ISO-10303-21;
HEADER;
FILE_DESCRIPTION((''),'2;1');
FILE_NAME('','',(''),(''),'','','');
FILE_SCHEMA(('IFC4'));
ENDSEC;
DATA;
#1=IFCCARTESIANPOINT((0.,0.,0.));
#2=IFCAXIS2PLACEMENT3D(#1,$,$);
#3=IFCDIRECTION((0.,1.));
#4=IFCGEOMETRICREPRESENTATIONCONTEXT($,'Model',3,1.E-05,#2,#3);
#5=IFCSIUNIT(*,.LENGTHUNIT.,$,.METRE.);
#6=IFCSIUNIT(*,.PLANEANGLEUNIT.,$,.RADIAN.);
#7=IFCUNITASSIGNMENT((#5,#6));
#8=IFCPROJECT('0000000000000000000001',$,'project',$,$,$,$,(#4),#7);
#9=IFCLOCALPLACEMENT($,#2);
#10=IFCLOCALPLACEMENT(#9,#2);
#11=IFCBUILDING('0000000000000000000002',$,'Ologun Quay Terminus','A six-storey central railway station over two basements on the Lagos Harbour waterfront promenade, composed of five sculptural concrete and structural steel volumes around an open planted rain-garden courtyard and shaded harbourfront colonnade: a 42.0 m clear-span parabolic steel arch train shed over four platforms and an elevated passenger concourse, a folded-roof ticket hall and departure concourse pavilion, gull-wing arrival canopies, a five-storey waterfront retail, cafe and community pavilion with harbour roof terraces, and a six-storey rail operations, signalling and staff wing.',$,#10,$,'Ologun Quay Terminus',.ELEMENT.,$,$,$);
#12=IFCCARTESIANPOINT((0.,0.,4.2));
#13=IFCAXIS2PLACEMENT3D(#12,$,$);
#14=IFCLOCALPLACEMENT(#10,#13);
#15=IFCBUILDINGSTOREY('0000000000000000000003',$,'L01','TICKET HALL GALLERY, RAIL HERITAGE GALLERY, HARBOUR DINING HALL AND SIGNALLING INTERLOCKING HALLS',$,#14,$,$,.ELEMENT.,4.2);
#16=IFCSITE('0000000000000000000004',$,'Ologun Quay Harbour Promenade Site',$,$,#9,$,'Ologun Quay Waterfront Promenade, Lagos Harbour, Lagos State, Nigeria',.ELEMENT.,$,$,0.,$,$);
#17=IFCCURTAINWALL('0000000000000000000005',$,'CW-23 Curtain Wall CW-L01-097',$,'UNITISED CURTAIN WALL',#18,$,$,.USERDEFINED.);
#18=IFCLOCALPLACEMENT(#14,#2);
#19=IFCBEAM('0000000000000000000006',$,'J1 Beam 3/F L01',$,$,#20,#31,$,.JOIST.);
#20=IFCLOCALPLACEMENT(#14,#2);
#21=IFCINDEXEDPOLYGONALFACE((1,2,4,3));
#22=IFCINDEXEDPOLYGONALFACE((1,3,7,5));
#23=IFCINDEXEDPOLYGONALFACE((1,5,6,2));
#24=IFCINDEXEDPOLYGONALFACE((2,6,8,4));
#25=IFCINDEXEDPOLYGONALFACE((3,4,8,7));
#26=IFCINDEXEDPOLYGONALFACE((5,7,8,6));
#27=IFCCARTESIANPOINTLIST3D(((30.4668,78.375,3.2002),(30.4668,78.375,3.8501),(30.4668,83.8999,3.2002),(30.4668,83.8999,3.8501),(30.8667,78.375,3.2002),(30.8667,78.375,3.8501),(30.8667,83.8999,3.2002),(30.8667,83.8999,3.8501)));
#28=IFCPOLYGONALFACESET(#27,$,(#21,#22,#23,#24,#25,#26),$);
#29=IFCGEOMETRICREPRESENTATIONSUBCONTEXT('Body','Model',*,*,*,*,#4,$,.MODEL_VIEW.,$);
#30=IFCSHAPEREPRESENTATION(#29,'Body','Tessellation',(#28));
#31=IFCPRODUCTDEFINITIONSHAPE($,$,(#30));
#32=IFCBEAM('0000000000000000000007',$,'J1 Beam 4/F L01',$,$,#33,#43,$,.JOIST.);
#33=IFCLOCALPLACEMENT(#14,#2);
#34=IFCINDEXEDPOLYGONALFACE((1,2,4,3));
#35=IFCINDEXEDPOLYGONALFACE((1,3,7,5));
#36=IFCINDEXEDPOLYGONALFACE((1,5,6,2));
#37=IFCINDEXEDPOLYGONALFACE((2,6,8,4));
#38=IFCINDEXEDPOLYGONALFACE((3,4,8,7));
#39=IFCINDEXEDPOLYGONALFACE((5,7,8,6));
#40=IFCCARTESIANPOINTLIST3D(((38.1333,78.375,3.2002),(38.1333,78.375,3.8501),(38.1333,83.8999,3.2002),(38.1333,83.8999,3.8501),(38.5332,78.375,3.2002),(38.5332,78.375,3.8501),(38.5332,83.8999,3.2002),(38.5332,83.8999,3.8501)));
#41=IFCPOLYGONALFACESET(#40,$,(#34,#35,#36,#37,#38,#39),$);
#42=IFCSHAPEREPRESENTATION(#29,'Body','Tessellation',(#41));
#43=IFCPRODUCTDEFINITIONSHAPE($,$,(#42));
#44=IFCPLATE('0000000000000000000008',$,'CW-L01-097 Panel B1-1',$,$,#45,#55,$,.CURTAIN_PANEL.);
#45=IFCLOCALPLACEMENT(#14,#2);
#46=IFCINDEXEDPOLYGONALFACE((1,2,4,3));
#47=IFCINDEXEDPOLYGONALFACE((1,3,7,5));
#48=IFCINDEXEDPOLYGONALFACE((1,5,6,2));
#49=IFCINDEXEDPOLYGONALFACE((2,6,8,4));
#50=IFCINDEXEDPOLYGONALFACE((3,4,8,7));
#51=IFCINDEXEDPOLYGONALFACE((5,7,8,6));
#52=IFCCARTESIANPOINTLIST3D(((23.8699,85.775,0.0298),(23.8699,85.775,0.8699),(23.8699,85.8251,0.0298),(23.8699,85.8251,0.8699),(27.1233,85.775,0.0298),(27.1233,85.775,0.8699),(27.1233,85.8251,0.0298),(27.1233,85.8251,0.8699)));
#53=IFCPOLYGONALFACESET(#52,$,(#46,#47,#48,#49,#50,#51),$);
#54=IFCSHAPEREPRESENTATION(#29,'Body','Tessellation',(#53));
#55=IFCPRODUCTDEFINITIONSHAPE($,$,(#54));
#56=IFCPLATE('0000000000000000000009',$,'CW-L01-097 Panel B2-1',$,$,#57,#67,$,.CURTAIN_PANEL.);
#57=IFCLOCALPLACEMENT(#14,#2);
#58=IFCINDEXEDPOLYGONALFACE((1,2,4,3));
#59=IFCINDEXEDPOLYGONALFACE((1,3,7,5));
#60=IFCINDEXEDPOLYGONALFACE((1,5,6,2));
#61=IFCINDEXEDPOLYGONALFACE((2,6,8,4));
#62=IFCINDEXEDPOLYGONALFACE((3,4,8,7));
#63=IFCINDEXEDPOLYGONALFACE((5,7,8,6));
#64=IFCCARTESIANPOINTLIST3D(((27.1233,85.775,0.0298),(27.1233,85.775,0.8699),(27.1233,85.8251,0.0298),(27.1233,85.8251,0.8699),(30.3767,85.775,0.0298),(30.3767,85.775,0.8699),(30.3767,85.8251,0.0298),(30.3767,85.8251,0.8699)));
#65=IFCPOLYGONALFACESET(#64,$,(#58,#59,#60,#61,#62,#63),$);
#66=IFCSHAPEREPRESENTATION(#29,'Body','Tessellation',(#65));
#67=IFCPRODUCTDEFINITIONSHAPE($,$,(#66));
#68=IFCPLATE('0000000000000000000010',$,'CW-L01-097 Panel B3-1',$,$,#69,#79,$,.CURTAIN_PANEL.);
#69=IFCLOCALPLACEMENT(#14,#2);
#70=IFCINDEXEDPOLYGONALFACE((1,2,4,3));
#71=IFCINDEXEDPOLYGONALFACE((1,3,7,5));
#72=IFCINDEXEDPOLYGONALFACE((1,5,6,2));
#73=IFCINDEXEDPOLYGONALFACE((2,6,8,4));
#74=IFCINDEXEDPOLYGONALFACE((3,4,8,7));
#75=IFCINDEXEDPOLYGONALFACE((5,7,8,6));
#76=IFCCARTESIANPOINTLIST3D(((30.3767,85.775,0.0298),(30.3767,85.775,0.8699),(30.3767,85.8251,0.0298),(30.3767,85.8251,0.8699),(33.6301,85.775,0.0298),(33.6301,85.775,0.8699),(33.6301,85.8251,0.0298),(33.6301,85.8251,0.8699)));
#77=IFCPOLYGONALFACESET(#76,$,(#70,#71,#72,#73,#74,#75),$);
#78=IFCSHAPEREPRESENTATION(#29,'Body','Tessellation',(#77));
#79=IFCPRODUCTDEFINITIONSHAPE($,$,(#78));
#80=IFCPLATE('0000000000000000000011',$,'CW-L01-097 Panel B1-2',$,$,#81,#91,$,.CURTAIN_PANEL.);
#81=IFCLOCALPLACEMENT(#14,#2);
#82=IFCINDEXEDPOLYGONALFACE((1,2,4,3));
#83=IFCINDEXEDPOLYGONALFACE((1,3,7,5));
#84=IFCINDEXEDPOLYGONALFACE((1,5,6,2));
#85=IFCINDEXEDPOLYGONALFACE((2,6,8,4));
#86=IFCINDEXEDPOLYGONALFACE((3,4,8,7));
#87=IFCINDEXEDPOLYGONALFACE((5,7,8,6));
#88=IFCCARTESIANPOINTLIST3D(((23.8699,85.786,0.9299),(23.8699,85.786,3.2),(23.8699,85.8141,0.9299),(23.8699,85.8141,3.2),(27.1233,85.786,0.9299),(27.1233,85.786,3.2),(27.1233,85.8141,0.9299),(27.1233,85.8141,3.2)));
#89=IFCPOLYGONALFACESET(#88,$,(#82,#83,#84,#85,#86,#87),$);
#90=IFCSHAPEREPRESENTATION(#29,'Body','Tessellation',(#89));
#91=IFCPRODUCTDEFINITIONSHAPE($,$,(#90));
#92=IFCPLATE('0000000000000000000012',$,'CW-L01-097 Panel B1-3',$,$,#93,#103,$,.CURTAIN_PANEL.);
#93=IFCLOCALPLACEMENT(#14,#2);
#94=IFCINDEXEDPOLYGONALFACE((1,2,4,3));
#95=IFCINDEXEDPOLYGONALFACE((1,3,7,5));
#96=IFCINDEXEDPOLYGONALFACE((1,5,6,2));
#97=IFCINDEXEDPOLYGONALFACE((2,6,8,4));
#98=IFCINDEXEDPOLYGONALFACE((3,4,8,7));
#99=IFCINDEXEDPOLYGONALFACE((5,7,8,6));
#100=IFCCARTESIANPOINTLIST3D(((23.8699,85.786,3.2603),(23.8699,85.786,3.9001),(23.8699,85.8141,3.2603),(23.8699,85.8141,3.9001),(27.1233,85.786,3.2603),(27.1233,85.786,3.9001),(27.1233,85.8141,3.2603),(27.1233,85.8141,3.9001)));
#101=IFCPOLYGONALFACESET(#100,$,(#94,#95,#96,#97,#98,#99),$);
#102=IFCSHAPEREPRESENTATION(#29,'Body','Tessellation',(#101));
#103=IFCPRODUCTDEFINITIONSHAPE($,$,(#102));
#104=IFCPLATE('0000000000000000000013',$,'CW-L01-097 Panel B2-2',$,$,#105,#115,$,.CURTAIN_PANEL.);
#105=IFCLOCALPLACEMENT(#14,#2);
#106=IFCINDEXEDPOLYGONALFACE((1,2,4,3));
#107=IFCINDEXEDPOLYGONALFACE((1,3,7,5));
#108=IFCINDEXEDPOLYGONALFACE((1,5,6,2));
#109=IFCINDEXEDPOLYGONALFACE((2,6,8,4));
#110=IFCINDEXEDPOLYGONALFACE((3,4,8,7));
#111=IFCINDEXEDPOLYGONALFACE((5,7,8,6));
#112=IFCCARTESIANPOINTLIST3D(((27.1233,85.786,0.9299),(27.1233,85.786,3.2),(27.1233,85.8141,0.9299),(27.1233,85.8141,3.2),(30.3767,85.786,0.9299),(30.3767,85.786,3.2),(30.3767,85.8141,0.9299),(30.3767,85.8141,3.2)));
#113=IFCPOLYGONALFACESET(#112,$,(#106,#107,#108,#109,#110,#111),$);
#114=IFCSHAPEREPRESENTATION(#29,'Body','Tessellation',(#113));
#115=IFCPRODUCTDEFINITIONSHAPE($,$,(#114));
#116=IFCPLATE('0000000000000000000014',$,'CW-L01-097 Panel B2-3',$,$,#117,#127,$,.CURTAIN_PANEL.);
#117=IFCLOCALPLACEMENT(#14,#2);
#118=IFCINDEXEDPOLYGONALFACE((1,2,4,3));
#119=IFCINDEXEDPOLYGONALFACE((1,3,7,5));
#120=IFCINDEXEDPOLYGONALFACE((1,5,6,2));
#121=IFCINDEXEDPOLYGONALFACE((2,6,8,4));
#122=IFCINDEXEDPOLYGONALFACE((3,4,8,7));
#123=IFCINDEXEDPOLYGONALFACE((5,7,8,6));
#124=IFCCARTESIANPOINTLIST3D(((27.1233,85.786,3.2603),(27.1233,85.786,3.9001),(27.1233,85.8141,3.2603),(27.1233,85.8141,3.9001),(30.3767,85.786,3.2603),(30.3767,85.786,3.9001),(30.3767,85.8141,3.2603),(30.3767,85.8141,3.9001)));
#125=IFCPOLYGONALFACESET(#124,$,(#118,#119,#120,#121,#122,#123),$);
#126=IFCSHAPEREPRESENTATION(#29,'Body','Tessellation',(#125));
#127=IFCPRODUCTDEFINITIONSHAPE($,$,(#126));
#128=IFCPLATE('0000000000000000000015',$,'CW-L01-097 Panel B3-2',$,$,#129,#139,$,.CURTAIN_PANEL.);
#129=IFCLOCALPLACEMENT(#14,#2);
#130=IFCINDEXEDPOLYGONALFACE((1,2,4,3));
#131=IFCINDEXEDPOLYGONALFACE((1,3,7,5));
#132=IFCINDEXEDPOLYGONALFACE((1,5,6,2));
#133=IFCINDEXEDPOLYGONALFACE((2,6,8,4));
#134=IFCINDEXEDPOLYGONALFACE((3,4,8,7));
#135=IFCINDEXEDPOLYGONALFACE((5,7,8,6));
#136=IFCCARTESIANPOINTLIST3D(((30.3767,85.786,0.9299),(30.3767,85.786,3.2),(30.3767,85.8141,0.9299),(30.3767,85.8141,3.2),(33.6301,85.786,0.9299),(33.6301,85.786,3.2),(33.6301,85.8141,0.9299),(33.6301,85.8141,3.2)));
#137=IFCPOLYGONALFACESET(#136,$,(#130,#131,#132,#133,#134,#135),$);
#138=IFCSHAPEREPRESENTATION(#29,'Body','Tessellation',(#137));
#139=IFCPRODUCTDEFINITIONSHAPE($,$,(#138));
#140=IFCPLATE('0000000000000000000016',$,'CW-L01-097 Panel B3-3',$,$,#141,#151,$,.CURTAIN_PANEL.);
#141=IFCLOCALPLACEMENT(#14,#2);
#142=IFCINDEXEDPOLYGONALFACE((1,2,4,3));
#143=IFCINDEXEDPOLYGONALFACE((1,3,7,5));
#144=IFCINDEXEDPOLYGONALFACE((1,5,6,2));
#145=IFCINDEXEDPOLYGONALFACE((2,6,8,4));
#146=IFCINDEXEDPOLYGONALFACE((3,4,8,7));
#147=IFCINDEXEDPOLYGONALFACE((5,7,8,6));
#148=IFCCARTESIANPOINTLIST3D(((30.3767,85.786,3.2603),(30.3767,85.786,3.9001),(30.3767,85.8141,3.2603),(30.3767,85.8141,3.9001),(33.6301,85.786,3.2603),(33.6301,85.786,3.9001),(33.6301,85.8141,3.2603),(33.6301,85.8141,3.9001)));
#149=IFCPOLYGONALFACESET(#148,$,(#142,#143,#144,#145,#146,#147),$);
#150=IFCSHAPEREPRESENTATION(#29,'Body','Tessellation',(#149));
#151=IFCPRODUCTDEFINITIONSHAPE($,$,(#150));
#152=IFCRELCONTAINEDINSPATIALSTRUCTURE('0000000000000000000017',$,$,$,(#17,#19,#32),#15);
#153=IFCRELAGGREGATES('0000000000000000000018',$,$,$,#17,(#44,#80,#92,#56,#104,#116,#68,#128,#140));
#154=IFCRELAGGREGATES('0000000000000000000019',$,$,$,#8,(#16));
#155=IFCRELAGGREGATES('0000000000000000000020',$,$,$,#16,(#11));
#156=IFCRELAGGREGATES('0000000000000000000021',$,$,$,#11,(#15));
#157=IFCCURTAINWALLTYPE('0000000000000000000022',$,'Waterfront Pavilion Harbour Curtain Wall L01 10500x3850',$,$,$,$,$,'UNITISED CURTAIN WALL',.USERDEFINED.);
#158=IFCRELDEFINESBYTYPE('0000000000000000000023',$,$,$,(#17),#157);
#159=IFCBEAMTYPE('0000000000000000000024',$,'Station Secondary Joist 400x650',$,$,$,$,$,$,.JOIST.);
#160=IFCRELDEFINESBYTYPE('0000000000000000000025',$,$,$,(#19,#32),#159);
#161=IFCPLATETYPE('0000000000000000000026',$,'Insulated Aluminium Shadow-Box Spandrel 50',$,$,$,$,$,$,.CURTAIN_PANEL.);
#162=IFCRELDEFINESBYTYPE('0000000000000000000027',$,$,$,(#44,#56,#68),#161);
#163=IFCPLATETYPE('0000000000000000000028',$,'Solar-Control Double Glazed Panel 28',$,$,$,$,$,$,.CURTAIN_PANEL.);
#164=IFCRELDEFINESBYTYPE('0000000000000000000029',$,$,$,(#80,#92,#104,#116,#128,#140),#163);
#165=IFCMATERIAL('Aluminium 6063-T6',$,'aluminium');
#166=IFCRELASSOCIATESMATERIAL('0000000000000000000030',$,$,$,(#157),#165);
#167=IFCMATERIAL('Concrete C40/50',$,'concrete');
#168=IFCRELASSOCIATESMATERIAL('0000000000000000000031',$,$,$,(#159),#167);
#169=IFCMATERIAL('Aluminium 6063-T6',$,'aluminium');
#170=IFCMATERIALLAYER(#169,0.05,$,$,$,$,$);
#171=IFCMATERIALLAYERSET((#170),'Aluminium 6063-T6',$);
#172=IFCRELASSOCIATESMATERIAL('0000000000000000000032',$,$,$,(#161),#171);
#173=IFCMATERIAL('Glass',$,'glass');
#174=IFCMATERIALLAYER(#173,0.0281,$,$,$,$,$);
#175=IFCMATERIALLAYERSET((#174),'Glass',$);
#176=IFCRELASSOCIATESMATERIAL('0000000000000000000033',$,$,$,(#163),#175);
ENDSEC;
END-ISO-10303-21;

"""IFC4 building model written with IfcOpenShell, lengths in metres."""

from ifc_helpers import new_model, si_unit, direction, frame, origin, origin_2d, place, context, subcontext, project, spatial, rectangle, extrude, material, layer, layer_set, material_profile, profile_set, type_object, element, aggregate, save


model = new_model("IFC4")

# Units and contexts
model_context = context("Model", 3, precision=1e-05, world=origin(), true_north=direction((0.0, 1.0)))
body_context = subcontext(model_context, "Body", "Model", "MODEL_VIEW")
ifc_project = project(units=[si_unit("LENGTHUNIT", "METRE"), si_unit("PLANEANGLEUNIT", "RADIAN")], contexts=[model_context])

# Site, building, storey
site_placement = place(None, origin())
site = spatial("IfcSite", under=ifc_project, at=site_placement, Name="Ologun Quay Harbour Promenade Site", LongName="Ologun Quay Waterfront Promenade, Lagos Harbour, Lagos State, Nigeria", CompositionType="ELEMENT", RefElevation=0.0)
building_placement = place(site_placement, origin())
building = spatial("IfcBuilding", under=site, at=building_placement, Name="Ologun Quay Terminus", Description="A six-storey central railway station over two basements on the Lagos Harbour waterfront promenade, composed of five sculptural concrete and structural steel volumes around an open planted rain-garden courtyard and shaded harbourfront colonnade: a 42.0 m clear-span parabolic steel arch train shed over four platforms and an elevated passenger concourse, a folded-roof ticket hall and departure concourse pavilion, gull-wing arrival canopies, a five-storey waterfront retail, cafe and community pavilion with harbour roof terraces, and a six-storey rail operations, signalling and staff wing.", LongName="Ologun Quay Terminus", CompositionType="ELEMENT")
storey_placement = place(building_placement, frame((0.0, 0.0, 4.2)))
storey = spatial("IfcBuildingStorey", under=building, at=storey_placement, Name="L01", Description="TICKET HALL GALLERY, RAIL HERITAGE GALLERY, HARBOUR DINING HALL AND SIGNALLING INTERLOCKING HALLS", CompositionType="ELEMENT", Elevation=4.2)

# Curtain wall
ifc_material_1 = material(Name="Aluminium 6063-T6", Category="aluminium")
curtain_wall_type = type_object("IfcCurtainWallType", Name="Waterfront Pavilion Harbour Curtain Wall L01 10500x3850", ElementType="UNITISED CURTAIN WALL", PredefinedType="USERDEFINED", material=ifc_material_1)
curtain_wall_placement = place(storey_placement, origin())
curtain_wall = element("IfcCurtainWall", 1, at=curtain_wall_placement, inside=storey, type_object=curtain_wall_type, Name="CW-23 Curtain Wall CW-L01-097", ObjectType="UNITISED CURTAIN WALL", PredefinedType="USERDEFINED")

# Beams
ifc_material_2 = material(Name="Concrete C40/50", Category="concrete")
ifc_material_profile_1 = material_profile(ifc_material_2, rectangle(XDim=0.3999, YDim=0.6499, at=origin_2d()), Name="RC 400x650")
ifc_profile_set_1 = profile_set([ifc_material_profile_1], Name="Concrete C40/50")
beam_type_1 = type_object("IfcBeamType", Name="Station Secondary Joist 400x650", PredefinedType="JOIST", material=ifc_profile_set_1)
for number, where, z_axis, x_axis, name in (
    (2, (30.6667, 78.375, 3.5251), (0.0, 1.0, 0.0), (-1.0, 0.0, 0.0), "J1 Beam 3/F L01"),
    (3, (38.3333, 78.375, 3.5251), (0.0, 1.0, 0.0), (-1.0, 0.0, 0.0), "J1 Beam 4/F L01"),
):
    element("IfcBeam", number, at=place(storey_placement, frame(where, z_axis=z_axis, x_axis=x_axis)), inside=storey, type_object=beam_type_1, Name=name, PredefinedType="JOIST", context=body_context, shape_type="SweptSolid", body=[
        extrude(rectangle(XDim=0.3999, YDim=0.6499, at=origin_2d()), origin(), (0.0, 0.0, 1.0), 5.5249),
    ])

# Plates
ifc_material_3 = material(Name="Aluminium 6063-T6", Category="aluminium")
ifc_layer_1 = layer(ifc_material_3, 0.05)
ifc_layer_set_1 = layer_set([ifc_layer_1], Name="Aluminium 6063-T6")
plate_type_1 = type_object("IfcPlateType", Name="Insulated Aluminium Shadow-Box Spandrel 50", PredefinedType="CURTAIN_PANEL", material=ifc_layer_set_1)
plate_1_placement = place(storey_placement, frame((25.4966, 85.8, 0.0298), z_axis=(0.0, 0.0, 1.0), x_axis=(1.0, 0.0, 0.0)))
plate_1 = element("IfcPlate", 4, at=plate_1_placement, type_object=plate_type_1, Name="CW-L01-097 Panel B1-1", PredefinedType="CURTAIN_PANEL", context=body_context, shape_type="SweptSolid", body=[
    extrude(rectangle(XDim=3.2534, YDim=0.05, at=origin_2d()), origin(), (0.0, 0.0, 1.0), 0.8401),
])
plate_2_placement = place(storey_placement, frame((28.75, 85.8, 0.0298), z_axis=(0.0, 0.0, 1.0), x_axis=(1.0, 0.0, 0.0)))
plate_2 = element("IfcPlate", 5, at=plate_2_placement, type_object=plate_type_1, Name="CW-L01-097 Panel B2-1", PredefinedType="CURTAIN_PANEL", context=body_context, shape_type="SweptSolid", body=[
    extrude(rectangle(XDim=3.2534, YDim=0.05, at=origin_2d()), origin(), (0.0, 0.0, 1.0), 0.8401),
])
plate_3_placement = place(storey_placement, frame((32.0034, 85.8, 0.0298), z_axis=(0.0, 0.0, 1.0), x_axis=(1.0, 0.0, 0.0)))
plate_3 = element("IfcPlate", 6, at=plate_3_placement, type_object=plate_type_1, Name="CW-L01-097 Panel B3-1", PredefinedType="CURTAIN_PANEL", context=body_context, shape_type="SweptSolid", body=[
    extrude(rectangle(XDim=3.2534, YDim=0.05, at=origin_2d()), origin(), (0.0, 0.0, 1.0), 0.8401),
])
ifc_material_4 = material(Name="Glass", Category="glass")
ifc_layer_2 = layer(ifc_material_4, 0.0281)
ifc_layer_set_2 = layer_set([ifc_layer_2], Name="Glass")
plate_type_2 = type_object("IfcPlateType", Name="Solar-Control Double Glazed Panel 28", PredefinedType="CURTAIN_PANEL", material=ifc_layer_set_2)
plate_4_placement = place(storey_placement, frame((25.4966, 85.8, 0.9299), z_axis=(0.0, 0.0, 1.0), x_axis=(1.0, 0.0, 0.0)))
plate_4 = element("IfcPlate", 7, at=plate_4_placement, type_object=plate_type_2, Name="CW-L01-097 Panel B1-2", PredefinedType="CURTAIN_PANEL", context=body_context, shape_type="SweptSolid", body=[
    extrude(rectangle(XDim=3.2534, YDim=0.0281, at=origin_2d()), origin(), (0.0, 0.0, 1.0), 2.27),
])
plate_5_placement = place(storey_placement, frame((25.4966, 85.8, 3.2603), z_axis=(0.0, 0.0, 1.0), x_axis=(1.0, 0.0, 0.0)))
plate_5 = element("IfcPlate", 8, at=plate_5_placement, type_object=plate_type_2, Name="CW-L01-097 Panel B1-3", PredefinedType="CURTAIN_PANEL", context=body_context, shape_type="SweptSolid", body=[
    extrude(rectangle(XDim=3.2534, YDim=0.0281, at=origin_2d()), origin(), (0.0, 0.0, 1.0), 0.6399),
])
plate_6_placement = place(storey_placement, frame((28.75, 85.8, 0.9299), z_axis=(0.0, 0.0, 1.0), x_axis=(1.0, 0.0, 0.0)))
plate_6 = element("IfcPlate", 9, at=plate_6_placement, type_object=plate_type_2, Name="CW-L01-097 Panel B2-2", PredefinedType="CURTAIN_PANEL", context=body_context, shape_type="SweptSolid", body=[
    extrude(rectangle(XDim=3.2534, YDim=0.0281, at=origin_2d()), origin(), (0.0, 0.0, 1.0), 2.27),
])
plate_7_placement = place(storey_placement, frame((28.75, 85.8, 3.2603), z_axis=(0.0, 0.0, 1.0), x_axis=(1.0, 0.0, 0.0)))
plate_7 = element("IfcPlate", 10, at=plate_7_placement, type_object=plate_type_2, Name="CW-L01-097 Panel B2-3", PredefinedType="CURTAIN_PANEL", context=body_context, shape_type="SweptSolid", body=[
    extrude(rectangle(XDim=3.2534, YDim=0.0281, at=origin_2d()), origin(), (0.0, 0.0, 1.0), 0.6399),
])
plate_8_placement = place(storey_placement, frame((32.0034, 85.8, 0.9299), z_axis=(0.0, 0.0, 1.0), x_axis=(1.0, 0.0, 0.0)))
plate_8 = element("IfcPlate", 11, at=plate_8_placement, type_object=plate_type_2, Name="CW-L01-097 Panel B3-2", PredefinedType="CURTAIN_PANEL", context=body_context, shape_type="SweptSolid", body=[
    extrude(rectangle(XDim=3.2534, YDim=0.0281, at=origin_2d()), origin(), (0.0, 0.0, 1.0), 2.27),
])
plate_9_placement = place(storey_placement, frame((32.0034, 85.8, 3.2603), z_axis=(0.0, 0.0, 1.0), x_axis=(1.0, 0.0, 0.0)))
plate_9 = element("IfcPlate", 12, at=plate_9_placement, type_object=plate_type_2, Name="CW-L01-097 Panel B3-3", PredefinedType="CURTAIN_PANEL", context=body_context, shape_type="SweptSolid", body=[
    extrude(rectangle(XDim=3.2534, YDim=0.0281, at=origin_2d()), origin(), (0.0, 0.0, 1.0), 0.6399),
])
aggregate(curtain_wall, [plate_1, plate_4, plate_5, plate_2, plate_6, plate_7, plate_3, plate_8, plate_9])

save(model, "model.ifc")
